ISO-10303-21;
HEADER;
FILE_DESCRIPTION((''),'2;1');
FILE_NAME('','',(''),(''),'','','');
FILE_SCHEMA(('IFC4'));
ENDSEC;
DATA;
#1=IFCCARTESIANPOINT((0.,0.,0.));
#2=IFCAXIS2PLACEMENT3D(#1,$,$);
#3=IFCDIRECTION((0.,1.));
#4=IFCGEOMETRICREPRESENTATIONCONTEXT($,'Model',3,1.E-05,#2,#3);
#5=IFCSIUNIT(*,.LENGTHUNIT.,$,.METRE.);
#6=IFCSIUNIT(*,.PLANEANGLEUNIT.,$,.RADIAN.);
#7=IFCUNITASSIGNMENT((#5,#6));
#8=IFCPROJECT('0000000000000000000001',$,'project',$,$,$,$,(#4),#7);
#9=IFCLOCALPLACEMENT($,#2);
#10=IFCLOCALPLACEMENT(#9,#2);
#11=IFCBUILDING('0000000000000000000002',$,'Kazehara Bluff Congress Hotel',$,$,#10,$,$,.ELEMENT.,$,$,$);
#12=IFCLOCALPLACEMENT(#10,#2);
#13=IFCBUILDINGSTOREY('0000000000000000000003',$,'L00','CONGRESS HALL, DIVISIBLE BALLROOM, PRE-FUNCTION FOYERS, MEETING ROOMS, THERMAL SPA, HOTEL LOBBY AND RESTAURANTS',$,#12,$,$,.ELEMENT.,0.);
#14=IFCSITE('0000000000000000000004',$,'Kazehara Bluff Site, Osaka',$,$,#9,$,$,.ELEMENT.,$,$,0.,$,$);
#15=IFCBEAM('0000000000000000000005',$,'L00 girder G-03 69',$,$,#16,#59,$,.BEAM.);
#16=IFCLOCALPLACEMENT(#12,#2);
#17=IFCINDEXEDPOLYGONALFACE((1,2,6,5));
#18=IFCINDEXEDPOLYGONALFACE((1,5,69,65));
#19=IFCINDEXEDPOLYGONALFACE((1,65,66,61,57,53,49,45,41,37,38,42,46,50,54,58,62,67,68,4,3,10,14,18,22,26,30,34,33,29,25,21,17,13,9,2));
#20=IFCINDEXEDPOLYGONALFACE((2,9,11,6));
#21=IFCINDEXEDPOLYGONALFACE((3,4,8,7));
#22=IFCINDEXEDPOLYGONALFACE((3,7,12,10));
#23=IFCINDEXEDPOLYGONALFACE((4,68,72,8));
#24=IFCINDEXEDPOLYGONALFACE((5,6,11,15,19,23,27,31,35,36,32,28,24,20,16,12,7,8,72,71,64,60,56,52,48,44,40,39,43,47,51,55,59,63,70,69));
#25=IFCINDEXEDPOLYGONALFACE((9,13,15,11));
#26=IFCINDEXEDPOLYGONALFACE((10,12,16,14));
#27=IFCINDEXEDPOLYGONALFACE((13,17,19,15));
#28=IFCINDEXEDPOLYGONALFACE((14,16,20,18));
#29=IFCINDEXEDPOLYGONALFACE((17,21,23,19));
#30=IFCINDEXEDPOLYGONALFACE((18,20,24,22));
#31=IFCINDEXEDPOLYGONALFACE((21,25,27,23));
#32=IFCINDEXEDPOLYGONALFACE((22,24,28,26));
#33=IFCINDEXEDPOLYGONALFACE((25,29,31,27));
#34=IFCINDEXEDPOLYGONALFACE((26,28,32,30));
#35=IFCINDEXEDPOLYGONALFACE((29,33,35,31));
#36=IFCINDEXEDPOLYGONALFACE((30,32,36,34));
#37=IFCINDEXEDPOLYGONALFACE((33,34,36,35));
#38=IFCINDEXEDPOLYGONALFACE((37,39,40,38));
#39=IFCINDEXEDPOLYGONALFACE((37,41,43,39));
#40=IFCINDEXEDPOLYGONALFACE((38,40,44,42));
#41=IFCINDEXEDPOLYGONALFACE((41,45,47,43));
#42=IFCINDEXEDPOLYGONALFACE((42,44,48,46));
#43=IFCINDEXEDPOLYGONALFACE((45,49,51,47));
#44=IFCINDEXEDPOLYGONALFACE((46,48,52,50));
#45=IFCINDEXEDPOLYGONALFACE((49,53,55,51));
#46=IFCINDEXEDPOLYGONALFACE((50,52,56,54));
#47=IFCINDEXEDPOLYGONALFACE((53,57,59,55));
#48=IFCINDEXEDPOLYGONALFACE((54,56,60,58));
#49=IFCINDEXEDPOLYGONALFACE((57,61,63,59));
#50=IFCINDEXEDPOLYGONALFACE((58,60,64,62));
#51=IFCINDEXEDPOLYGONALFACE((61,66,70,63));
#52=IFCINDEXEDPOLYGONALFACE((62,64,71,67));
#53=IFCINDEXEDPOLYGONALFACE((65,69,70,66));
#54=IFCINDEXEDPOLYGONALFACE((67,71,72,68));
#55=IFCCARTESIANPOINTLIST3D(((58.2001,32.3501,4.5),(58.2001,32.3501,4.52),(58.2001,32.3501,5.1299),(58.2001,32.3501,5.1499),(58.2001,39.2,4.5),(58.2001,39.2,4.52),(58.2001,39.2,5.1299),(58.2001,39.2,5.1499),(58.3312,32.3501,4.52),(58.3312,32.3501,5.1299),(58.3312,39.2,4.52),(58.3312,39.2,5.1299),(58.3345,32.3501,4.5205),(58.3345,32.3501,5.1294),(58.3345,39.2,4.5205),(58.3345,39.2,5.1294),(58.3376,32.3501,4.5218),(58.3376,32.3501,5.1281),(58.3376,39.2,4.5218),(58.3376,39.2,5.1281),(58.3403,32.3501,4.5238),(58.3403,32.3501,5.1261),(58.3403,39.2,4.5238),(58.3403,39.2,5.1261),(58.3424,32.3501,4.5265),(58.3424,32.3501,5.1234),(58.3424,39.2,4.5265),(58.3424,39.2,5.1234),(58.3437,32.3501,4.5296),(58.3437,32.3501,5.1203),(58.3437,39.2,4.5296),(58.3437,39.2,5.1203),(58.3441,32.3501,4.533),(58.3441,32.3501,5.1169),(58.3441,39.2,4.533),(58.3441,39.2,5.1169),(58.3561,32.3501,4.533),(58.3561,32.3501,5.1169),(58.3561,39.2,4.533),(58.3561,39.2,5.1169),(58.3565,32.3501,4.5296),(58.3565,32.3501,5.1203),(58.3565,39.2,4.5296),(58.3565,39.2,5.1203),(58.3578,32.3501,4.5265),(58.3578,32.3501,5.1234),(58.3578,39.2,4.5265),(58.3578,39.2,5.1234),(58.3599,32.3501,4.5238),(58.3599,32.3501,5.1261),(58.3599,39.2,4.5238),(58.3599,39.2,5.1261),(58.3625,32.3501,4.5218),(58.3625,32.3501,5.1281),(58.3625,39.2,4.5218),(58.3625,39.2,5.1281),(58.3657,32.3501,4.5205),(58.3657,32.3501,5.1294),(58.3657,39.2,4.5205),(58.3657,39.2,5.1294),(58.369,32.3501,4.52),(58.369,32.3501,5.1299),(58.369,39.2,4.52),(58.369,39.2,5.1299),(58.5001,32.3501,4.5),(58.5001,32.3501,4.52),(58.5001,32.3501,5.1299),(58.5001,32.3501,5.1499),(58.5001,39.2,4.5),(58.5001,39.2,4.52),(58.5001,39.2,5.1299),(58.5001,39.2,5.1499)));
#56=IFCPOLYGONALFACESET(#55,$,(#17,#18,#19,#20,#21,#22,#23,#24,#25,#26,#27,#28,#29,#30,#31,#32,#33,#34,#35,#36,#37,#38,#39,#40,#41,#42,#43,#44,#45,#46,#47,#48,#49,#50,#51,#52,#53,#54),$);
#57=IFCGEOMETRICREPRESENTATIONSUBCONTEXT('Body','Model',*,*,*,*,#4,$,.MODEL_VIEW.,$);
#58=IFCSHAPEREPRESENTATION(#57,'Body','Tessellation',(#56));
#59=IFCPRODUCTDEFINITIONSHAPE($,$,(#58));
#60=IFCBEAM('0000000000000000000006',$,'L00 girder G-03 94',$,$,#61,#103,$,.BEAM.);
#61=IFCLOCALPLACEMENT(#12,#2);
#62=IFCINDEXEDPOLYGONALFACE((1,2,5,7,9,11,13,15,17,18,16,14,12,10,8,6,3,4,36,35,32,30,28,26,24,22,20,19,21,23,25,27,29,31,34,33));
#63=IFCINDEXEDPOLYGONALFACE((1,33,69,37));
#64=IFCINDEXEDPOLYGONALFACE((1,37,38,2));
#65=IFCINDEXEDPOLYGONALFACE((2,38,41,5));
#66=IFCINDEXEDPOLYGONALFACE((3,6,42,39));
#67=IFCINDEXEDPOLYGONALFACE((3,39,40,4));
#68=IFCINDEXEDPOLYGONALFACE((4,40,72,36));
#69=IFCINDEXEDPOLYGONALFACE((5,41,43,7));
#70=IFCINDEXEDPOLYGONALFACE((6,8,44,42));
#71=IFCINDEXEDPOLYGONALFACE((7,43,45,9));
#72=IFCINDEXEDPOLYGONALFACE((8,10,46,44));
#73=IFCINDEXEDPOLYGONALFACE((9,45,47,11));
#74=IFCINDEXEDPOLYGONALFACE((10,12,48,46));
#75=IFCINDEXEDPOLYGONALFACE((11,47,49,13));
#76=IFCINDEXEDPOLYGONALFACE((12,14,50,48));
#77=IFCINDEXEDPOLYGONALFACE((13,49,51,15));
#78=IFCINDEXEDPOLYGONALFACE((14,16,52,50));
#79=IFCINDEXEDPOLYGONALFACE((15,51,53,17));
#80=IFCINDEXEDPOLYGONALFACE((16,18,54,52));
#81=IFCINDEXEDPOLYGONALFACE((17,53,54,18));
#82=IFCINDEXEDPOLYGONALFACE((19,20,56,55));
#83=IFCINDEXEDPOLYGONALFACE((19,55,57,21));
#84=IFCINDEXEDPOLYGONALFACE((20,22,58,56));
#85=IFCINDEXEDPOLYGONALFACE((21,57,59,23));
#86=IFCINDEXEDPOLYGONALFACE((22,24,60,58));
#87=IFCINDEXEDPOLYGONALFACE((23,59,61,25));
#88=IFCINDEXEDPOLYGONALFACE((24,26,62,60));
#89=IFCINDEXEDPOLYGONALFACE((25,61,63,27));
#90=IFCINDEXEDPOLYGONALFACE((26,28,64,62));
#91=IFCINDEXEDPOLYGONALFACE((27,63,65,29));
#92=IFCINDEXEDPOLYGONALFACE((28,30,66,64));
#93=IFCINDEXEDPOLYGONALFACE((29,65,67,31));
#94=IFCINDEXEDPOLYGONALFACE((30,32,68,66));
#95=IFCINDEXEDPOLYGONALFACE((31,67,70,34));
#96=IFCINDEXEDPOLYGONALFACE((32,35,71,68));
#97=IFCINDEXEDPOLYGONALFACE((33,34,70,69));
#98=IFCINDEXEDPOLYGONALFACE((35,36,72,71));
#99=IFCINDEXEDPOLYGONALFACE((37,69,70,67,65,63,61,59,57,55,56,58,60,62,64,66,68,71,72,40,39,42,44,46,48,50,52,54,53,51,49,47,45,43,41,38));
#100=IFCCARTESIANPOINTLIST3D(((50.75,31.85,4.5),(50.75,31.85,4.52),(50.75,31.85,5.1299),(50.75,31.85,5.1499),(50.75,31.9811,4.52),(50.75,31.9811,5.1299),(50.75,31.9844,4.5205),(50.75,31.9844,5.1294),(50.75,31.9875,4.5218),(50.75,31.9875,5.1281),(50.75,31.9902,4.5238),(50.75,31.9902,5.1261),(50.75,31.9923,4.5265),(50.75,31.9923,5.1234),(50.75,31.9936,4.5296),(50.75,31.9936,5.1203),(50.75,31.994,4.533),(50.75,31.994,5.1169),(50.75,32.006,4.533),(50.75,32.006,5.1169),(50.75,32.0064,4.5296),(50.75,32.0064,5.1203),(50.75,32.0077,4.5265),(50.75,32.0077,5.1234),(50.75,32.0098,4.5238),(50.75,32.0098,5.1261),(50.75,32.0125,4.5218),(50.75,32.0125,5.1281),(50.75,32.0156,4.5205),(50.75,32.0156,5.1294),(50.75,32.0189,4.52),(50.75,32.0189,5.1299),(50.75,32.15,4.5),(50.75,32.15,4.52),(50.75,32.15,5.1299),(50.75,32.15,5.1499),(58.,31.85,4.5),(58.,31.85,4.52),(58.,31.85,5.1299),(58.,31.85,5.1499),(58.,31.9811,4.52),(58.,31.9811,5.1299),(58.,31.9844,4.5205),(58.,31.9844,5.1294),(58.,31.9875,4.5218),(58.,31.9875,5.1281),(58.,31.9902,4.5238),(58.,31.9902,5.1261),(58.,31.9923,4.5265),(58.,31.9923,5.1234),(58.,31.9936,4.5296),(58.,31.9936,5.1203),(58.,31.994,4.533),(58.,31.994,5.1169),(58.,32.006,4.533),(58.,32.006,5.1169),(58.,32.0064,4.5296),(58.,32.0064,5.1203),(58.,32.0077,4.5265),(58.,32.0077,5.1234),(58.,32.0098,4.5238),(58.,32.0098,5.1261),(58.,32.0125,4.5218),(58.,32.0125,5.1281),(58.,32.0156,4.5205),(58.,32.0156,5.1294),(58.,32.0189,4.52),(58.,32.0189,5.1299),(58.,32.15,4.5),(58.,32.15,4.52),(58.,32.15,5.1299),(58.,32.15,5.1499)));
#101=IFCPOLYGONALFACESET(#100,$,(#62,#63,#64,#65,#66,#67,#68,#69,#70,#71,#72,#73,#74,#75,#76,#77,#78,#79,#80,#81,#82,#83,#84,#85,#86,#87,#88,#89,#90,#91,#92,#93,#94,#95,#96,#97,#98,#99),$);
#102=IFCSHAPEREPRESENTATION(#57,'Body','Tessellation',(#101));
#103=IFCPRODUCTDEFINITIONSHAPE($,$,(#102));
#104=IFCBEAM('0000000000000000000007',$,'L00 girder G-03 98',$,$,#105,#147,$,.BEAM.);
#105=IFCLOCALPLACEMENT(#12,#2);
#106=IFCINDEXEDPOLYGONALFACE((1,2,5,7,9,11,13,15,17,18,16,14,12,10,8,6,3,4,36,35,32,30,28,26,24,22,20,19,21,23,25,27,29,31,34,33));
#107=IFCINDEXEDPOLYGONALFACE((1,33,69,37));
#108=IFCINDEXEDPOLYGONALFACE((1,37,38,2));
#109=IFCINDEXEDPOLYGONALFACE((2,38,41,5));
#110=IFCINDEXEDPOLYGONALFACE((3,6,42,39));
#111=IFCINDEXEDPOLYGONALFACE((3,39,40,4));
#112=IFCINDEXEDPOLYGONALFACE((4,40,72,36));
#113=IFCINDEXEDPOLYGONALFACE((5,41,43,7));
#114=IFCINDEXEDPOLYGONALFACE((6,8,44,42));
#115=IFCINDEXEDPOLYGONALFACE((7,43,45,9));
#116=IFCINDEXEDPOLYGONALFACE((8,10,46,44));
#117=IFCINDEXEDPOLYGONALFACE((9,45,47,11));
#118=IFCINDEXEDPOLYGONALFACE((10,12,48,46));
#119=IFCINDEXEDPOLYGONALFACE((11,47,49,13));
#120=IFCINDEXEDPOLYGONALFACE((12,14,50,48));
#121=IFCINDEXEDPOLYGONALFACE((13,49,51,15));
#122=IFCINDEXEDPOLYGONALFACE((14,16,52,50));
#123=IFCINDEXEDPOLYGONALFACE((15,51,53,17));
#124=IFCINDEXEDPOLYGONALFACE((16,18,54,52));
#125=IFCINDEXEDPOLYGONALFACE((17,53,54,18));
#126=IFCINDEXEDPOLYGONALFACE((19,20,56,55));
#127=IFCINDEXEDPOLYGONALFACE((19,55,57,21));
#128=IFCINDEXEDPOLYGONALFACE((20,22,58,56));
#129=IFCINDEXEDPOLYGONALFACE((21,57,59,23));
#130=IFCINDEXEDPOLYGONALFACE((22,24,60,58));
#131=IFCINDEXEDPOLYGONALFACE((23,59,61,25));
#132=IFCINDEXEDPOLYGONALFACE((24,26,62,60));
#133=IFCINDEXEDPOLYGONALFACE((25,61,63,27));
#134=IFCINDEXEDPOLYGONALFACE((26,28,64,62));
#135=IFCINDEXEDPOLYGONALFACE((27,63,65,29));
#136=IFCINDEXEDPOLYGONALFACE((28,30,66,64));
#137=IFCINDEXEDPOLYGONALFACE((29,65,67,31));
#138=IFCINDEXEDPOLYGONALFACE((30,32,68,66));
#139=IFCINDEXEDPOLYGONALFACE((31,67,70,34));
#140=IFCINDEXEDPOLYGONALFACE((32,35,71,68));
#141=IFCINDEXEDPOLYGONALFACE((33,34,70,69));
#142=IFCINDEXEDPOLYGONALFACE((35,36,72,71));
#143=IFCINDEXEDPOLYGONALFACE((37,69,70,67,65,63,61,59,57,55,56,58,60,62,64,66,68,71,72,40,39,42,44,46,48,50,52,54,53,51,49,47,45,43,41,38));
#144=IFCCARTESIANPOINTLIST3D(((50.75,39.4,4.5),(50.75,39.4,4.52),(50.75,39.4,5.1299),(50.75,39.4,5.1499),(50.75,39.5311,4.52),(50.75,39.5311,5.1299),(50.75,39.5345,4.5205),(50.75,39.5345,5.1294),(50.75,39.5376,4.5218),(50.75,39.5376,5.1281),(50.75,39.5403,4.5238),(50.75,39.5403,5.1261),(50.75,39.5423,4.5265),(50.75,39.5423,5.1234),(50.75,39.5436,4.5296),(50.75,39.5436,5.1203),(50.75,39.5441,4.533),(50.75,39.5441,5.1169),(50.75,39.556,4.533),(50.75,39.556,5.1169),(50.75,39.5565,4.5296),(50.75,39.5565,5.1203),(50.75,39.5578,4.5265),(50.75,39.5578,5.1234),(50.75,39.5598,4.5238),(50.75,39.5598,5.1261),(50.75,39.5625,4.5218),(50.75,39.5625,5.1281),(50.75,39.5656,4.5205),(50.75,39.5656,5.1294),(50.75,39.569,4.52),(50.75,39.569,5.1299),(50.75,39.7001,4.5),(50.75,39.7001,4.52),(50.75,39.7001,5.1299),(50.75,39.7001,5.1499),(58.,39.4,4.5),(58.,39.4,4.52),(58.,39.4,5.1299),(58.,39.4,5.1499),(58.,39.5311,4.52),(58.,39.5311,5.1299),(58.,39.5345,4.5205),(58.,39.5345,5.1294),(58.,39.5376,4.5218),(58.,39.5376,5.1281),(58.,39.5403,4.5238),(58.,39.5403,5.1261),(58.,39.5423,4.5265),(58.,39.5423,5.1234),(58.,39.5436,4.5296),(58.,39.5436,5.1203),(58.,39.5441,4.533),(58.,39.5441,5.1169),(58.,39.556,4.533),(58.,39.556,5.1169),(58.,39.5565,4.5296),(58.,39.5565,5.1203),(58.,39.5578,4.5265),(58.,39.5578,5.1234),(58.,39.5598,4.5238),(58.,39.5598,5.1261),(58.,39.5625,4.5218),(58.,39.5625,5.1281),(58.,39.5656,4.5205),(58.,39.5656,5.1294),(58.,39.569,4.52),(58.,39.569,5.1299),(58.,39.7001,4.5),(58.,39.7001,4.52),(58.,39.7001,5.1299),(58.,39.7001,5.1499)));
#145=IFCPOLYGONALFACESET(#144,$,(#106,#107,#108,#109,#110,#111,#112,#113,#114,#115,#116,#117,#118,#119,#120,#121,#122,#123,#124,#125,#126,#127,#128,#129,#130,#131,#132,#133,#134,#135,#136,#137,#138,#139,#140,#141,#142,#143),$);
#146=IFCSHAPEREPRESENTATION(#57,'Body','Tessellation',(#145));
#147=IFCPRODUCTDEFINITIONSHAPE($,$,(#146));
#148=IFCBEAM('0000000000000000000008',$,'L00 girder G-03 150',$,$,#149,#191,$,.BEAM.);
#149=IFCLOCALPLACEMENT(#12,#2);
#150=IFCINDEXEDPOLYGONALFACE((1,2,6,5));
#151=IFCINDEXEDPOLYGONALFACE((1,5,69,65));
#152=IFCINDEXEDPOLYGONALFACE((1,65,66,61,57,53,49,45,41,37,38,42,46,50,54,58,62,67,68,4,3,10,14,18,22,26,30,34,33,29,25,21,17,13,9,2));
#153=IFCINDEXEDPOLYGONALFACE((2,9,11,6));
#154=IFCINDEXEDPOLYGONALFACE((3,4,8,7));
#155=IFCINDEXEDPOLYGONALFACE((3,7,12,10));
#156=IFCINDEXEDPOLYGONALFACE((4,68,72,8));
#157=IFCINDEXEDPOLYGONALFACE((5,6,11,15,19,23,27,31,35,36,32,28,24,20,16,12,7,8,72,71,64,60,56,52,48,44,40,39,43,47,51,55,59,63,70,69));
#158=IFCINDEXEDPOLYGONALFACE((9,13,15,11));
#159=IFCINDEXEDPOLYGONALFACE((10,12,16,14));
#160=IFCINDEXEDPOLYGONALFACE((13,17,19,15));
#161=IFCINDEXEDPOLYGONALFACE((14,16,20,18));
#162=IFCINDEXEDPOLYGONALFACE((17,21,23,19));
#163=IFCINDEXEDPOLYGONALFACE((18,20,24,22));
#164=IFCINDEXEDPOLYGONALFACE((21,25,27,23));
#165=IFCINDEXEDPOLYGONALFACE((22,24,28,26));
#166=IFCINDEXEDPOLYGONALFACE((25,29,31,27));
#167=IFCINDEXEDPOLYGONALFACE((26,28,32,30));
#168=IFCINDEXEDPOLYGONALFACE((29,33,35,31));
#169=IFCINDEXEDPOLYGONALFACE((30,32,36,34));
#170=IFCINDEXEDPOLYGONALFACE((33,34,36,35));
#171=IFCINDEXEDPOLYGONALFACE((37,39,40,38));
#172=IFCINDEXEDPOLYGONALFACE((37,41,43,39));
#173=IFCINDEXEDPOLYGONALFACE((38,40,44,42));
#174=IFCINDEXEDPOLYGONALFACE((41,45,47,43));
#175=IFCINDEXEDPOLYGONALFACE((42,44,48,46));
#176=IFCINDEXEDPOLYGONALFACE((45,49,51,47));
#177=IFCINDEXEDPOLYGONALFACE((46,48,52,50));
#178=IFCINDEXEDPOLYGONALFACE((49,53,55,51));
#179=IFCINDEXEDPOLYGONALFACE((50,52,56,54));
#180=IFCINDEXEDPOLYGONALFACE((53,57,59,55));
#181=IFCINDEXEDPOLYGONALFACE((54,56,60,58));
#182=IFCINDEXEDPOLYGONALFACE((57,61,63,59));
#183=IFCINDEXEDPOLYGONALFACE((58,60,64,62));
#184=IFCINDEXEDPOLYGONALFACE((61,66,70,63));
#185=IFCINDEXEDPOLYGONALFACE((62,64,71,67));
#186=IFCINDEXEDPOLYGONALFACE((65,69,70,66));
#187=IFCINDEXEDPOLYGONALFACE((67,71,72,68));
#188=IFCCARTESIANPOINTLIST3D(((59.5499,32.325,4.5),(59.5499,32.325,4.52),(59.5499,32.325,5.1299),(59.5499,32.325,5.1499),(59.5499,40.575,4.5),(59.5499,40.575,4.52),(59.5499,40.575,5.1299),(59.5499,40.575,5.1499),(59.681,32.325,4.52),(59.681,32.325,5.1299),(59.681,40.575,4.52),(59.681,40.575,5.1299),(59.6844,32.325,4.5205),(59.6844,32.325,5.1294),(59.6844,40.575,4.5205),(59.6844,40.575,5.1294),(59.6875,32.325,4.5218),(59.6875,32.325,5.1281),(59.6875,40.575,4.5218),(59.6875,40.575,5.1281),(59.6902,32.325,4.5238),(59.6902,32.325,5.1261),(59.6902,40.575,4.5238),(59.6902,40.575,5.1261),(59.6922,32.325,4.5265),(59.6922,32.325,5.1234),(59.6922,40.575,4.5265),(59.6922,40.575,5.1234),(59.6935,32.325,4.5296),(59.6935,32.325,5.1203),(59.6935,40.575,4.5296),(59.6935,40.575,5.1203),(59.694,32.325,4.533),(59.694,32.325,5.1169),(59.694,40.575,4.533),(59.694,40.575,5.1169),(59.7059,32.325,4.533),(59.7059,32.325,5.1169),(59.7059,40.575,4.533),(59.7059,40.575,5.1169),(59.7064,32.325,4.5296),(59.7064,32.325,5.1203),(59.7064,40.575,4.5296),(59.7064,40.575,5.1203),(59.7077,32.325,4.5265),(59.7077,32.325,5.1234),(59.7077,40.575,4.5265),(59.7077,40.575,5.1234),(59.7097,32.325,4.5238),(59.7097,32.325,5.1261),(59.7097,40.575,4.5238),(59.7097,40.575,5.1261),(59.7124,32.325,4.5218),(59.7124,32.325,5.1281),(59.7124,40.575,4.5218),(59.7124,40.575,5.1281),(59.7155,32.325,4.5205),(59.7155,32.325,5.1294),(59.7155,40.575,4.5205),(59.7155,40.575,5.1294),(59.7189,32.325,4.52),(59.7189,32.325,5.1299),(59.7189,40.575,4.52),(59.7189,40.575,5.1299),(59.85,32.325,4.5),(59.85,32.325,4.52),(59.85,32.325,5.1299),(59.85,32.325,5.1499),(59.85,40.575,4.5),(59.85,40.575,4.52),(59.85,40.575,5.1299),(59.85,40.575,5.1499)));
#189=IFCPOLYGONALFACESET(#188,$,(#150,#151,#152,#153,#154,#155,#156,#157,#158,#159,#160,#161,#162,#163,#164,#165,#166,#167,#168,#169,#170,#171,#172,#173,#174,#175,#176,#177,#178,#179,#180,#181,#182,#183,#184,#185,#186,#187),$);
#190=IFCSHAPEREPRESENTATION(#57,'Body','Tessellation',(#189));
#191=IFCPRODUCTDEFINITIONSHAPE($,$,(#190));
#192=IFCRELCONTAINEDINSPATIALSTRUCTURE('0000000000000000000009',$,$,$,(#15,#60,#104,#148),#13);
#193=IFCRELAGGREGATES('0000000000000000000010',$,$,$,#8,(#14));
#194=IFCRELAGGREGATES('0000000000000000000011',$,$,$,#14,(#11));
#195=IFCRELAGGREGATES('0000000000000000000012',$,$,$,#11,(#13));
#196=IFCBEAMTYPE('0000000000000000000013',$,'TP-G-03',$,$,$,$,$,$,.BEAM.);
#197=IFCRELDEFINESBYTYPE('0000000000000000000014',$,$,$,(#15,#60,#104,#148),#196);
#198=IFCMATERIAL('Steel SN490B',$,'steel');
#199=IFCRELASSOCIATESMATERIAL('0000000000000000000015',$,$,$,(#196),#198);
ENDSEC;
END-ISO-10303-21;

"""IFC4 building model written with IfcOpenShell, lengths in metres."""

from ifc_helpers import new_model, si_unit, direction, frame, origin, origin_2d, place, context, subcontext, project, spatial, i_section, extrude, material, material_profile, profile_set, type_object, element, save


model = new_model("IFC4")

# Units and contexts
model_context = context("Model", 3, precision=1e-05, world=origin(), true_north=direction((0.0, 1.0)))
body_context = subcontext(model_context, "Body", "Model", "MODEL_VIEW")
ifc_project = project(units=[si_unit("LENGTHUNIT", "METRE"), si_unit("PLANEANGLEUNIT", "RADIAN")], contexts=[model_context])

# Site, building, storey
site_placement = place(None, origin())
site = spatial("IfcSite", under=ifc_project, at=site_placement, Name="Kazehara Bluff Site, Osaka", CompositionType="ELEMENT", RefElevation=0.0)
building_placement = place(site_placement, origin())
building = spatial("IfcBuilding", under=site, at=building_placement, Name="Kazehara Bluff Congress Hotel", CompositionType="ELEMENT")
storey_placement = place(building_placement, origin())
storey = spatial("IfcBuildingStorey", under=building, at=storey_placement, Name="L00", Description="CONGRESS HALL, DIVISIBLE BALLROOM, PRE-FUNCTION FOYERS, MEETING ROOMS, THERMAL SPA, HOTEL LOBBY AND RESTAURANTS", CompositionType="ELEMENT", Elevation=0.0)

# Beams
ifc_material_1 = material(Name="Steel SN490B", Category="steel")
ifc_material_profile_1 = material_profile(ifc_material_1, i_section(OverallWidth=0.3, OverallDepth=0.6499, WebThickness=0.012, FlangeThickness=0.02, FilletRadius=0.0129, at=origin_2d()))
ifc_profile_set_1 = profile_set([ifc_material_profile_1], Name="Steel SN490B")
beam_type = type_object("IfcBeamType", Name="TP-G-03", PredefinedType="BEAM", material=ifc_profile_set_1)
for number, where, z_axis, x_axis, name in (
    (1, (58.3501, 32.3501, 4.825), (0.0, 1.0, 0.0), (-1.0, 0.0, 0.0), "L00 girder G-03 69"),
):
    element("IfcBeam", number, at=place(storey_placement, frame(where, z_axis=z_axis, x_axis=x_axis)), inside=storey, type_object=beam_type, Name=name, PredefinedType="BEAM", context=body_context, shape_type="SweptSolid", body=[
        extrude(i_section(OverallWidth=0.3, OverallDepth=0.6499, WebThickness=0.012, FlangeThickness=0.02, FilletRadius=0.0129, at=origin_2d()), origin(), (0.0, 0.0, 1.0), 6.8499),
    ])
for number, where, z_axis, x_axis, name in (
    (2, (50.75, 32.0, 4.825), (1.0, 0.0, 0.0), (0.0, 1.0, 0.0), "L00 girder G-03 94"),
    (3, (50.75, 39.55, 4.825), (1.0, 0.0, 0.0), (0.0, 1.0, 0.0), "L00 girder G-03 98"),
):
    element("IfcBeam", number, at=place(storey_placement, frame(where, z_axis=z_axis, x_axis=x_axis)), inside=storey, type_object=beam_type, Name=name, PredefinedType="BEAM", context=body_context, shape_type="SweptSolid", body=[
        extrude(i_section(OverallWidth=0.3, OverallDepth=0.6499, WebThickness=0.012, FlangeThickness=0.02, FilletRadius=0.0129, at=origin_2d()), origin(), (0.0, 0.0, 1.0), 7.25),
    ])
beam_1_placement = place(storey_placement, frame((59.7, 32.325, 4.825), z_axis=(0.0, 1.0, 0.0), x_axis=(-1.0, 0.0, 0.0)))
element("IfcBeam", 4, at=beam_1_placement, inside=storey, type_object=beam_type, Name="L00 girder G-03 150", PredefinedType="BEAM", context=body_context, shape_type="SweptSolid", body=[
    extrude(i_section(OverallWidth=0.3, OverallDepth=0.6499, WebThickness=0.012, FlangeThickness=0.02, FilletRadius=0.0129, at=origin_2d()), origin(), (0.0, 0.0, 1.0), 8.25),
])

save(model, "model.ifc")
